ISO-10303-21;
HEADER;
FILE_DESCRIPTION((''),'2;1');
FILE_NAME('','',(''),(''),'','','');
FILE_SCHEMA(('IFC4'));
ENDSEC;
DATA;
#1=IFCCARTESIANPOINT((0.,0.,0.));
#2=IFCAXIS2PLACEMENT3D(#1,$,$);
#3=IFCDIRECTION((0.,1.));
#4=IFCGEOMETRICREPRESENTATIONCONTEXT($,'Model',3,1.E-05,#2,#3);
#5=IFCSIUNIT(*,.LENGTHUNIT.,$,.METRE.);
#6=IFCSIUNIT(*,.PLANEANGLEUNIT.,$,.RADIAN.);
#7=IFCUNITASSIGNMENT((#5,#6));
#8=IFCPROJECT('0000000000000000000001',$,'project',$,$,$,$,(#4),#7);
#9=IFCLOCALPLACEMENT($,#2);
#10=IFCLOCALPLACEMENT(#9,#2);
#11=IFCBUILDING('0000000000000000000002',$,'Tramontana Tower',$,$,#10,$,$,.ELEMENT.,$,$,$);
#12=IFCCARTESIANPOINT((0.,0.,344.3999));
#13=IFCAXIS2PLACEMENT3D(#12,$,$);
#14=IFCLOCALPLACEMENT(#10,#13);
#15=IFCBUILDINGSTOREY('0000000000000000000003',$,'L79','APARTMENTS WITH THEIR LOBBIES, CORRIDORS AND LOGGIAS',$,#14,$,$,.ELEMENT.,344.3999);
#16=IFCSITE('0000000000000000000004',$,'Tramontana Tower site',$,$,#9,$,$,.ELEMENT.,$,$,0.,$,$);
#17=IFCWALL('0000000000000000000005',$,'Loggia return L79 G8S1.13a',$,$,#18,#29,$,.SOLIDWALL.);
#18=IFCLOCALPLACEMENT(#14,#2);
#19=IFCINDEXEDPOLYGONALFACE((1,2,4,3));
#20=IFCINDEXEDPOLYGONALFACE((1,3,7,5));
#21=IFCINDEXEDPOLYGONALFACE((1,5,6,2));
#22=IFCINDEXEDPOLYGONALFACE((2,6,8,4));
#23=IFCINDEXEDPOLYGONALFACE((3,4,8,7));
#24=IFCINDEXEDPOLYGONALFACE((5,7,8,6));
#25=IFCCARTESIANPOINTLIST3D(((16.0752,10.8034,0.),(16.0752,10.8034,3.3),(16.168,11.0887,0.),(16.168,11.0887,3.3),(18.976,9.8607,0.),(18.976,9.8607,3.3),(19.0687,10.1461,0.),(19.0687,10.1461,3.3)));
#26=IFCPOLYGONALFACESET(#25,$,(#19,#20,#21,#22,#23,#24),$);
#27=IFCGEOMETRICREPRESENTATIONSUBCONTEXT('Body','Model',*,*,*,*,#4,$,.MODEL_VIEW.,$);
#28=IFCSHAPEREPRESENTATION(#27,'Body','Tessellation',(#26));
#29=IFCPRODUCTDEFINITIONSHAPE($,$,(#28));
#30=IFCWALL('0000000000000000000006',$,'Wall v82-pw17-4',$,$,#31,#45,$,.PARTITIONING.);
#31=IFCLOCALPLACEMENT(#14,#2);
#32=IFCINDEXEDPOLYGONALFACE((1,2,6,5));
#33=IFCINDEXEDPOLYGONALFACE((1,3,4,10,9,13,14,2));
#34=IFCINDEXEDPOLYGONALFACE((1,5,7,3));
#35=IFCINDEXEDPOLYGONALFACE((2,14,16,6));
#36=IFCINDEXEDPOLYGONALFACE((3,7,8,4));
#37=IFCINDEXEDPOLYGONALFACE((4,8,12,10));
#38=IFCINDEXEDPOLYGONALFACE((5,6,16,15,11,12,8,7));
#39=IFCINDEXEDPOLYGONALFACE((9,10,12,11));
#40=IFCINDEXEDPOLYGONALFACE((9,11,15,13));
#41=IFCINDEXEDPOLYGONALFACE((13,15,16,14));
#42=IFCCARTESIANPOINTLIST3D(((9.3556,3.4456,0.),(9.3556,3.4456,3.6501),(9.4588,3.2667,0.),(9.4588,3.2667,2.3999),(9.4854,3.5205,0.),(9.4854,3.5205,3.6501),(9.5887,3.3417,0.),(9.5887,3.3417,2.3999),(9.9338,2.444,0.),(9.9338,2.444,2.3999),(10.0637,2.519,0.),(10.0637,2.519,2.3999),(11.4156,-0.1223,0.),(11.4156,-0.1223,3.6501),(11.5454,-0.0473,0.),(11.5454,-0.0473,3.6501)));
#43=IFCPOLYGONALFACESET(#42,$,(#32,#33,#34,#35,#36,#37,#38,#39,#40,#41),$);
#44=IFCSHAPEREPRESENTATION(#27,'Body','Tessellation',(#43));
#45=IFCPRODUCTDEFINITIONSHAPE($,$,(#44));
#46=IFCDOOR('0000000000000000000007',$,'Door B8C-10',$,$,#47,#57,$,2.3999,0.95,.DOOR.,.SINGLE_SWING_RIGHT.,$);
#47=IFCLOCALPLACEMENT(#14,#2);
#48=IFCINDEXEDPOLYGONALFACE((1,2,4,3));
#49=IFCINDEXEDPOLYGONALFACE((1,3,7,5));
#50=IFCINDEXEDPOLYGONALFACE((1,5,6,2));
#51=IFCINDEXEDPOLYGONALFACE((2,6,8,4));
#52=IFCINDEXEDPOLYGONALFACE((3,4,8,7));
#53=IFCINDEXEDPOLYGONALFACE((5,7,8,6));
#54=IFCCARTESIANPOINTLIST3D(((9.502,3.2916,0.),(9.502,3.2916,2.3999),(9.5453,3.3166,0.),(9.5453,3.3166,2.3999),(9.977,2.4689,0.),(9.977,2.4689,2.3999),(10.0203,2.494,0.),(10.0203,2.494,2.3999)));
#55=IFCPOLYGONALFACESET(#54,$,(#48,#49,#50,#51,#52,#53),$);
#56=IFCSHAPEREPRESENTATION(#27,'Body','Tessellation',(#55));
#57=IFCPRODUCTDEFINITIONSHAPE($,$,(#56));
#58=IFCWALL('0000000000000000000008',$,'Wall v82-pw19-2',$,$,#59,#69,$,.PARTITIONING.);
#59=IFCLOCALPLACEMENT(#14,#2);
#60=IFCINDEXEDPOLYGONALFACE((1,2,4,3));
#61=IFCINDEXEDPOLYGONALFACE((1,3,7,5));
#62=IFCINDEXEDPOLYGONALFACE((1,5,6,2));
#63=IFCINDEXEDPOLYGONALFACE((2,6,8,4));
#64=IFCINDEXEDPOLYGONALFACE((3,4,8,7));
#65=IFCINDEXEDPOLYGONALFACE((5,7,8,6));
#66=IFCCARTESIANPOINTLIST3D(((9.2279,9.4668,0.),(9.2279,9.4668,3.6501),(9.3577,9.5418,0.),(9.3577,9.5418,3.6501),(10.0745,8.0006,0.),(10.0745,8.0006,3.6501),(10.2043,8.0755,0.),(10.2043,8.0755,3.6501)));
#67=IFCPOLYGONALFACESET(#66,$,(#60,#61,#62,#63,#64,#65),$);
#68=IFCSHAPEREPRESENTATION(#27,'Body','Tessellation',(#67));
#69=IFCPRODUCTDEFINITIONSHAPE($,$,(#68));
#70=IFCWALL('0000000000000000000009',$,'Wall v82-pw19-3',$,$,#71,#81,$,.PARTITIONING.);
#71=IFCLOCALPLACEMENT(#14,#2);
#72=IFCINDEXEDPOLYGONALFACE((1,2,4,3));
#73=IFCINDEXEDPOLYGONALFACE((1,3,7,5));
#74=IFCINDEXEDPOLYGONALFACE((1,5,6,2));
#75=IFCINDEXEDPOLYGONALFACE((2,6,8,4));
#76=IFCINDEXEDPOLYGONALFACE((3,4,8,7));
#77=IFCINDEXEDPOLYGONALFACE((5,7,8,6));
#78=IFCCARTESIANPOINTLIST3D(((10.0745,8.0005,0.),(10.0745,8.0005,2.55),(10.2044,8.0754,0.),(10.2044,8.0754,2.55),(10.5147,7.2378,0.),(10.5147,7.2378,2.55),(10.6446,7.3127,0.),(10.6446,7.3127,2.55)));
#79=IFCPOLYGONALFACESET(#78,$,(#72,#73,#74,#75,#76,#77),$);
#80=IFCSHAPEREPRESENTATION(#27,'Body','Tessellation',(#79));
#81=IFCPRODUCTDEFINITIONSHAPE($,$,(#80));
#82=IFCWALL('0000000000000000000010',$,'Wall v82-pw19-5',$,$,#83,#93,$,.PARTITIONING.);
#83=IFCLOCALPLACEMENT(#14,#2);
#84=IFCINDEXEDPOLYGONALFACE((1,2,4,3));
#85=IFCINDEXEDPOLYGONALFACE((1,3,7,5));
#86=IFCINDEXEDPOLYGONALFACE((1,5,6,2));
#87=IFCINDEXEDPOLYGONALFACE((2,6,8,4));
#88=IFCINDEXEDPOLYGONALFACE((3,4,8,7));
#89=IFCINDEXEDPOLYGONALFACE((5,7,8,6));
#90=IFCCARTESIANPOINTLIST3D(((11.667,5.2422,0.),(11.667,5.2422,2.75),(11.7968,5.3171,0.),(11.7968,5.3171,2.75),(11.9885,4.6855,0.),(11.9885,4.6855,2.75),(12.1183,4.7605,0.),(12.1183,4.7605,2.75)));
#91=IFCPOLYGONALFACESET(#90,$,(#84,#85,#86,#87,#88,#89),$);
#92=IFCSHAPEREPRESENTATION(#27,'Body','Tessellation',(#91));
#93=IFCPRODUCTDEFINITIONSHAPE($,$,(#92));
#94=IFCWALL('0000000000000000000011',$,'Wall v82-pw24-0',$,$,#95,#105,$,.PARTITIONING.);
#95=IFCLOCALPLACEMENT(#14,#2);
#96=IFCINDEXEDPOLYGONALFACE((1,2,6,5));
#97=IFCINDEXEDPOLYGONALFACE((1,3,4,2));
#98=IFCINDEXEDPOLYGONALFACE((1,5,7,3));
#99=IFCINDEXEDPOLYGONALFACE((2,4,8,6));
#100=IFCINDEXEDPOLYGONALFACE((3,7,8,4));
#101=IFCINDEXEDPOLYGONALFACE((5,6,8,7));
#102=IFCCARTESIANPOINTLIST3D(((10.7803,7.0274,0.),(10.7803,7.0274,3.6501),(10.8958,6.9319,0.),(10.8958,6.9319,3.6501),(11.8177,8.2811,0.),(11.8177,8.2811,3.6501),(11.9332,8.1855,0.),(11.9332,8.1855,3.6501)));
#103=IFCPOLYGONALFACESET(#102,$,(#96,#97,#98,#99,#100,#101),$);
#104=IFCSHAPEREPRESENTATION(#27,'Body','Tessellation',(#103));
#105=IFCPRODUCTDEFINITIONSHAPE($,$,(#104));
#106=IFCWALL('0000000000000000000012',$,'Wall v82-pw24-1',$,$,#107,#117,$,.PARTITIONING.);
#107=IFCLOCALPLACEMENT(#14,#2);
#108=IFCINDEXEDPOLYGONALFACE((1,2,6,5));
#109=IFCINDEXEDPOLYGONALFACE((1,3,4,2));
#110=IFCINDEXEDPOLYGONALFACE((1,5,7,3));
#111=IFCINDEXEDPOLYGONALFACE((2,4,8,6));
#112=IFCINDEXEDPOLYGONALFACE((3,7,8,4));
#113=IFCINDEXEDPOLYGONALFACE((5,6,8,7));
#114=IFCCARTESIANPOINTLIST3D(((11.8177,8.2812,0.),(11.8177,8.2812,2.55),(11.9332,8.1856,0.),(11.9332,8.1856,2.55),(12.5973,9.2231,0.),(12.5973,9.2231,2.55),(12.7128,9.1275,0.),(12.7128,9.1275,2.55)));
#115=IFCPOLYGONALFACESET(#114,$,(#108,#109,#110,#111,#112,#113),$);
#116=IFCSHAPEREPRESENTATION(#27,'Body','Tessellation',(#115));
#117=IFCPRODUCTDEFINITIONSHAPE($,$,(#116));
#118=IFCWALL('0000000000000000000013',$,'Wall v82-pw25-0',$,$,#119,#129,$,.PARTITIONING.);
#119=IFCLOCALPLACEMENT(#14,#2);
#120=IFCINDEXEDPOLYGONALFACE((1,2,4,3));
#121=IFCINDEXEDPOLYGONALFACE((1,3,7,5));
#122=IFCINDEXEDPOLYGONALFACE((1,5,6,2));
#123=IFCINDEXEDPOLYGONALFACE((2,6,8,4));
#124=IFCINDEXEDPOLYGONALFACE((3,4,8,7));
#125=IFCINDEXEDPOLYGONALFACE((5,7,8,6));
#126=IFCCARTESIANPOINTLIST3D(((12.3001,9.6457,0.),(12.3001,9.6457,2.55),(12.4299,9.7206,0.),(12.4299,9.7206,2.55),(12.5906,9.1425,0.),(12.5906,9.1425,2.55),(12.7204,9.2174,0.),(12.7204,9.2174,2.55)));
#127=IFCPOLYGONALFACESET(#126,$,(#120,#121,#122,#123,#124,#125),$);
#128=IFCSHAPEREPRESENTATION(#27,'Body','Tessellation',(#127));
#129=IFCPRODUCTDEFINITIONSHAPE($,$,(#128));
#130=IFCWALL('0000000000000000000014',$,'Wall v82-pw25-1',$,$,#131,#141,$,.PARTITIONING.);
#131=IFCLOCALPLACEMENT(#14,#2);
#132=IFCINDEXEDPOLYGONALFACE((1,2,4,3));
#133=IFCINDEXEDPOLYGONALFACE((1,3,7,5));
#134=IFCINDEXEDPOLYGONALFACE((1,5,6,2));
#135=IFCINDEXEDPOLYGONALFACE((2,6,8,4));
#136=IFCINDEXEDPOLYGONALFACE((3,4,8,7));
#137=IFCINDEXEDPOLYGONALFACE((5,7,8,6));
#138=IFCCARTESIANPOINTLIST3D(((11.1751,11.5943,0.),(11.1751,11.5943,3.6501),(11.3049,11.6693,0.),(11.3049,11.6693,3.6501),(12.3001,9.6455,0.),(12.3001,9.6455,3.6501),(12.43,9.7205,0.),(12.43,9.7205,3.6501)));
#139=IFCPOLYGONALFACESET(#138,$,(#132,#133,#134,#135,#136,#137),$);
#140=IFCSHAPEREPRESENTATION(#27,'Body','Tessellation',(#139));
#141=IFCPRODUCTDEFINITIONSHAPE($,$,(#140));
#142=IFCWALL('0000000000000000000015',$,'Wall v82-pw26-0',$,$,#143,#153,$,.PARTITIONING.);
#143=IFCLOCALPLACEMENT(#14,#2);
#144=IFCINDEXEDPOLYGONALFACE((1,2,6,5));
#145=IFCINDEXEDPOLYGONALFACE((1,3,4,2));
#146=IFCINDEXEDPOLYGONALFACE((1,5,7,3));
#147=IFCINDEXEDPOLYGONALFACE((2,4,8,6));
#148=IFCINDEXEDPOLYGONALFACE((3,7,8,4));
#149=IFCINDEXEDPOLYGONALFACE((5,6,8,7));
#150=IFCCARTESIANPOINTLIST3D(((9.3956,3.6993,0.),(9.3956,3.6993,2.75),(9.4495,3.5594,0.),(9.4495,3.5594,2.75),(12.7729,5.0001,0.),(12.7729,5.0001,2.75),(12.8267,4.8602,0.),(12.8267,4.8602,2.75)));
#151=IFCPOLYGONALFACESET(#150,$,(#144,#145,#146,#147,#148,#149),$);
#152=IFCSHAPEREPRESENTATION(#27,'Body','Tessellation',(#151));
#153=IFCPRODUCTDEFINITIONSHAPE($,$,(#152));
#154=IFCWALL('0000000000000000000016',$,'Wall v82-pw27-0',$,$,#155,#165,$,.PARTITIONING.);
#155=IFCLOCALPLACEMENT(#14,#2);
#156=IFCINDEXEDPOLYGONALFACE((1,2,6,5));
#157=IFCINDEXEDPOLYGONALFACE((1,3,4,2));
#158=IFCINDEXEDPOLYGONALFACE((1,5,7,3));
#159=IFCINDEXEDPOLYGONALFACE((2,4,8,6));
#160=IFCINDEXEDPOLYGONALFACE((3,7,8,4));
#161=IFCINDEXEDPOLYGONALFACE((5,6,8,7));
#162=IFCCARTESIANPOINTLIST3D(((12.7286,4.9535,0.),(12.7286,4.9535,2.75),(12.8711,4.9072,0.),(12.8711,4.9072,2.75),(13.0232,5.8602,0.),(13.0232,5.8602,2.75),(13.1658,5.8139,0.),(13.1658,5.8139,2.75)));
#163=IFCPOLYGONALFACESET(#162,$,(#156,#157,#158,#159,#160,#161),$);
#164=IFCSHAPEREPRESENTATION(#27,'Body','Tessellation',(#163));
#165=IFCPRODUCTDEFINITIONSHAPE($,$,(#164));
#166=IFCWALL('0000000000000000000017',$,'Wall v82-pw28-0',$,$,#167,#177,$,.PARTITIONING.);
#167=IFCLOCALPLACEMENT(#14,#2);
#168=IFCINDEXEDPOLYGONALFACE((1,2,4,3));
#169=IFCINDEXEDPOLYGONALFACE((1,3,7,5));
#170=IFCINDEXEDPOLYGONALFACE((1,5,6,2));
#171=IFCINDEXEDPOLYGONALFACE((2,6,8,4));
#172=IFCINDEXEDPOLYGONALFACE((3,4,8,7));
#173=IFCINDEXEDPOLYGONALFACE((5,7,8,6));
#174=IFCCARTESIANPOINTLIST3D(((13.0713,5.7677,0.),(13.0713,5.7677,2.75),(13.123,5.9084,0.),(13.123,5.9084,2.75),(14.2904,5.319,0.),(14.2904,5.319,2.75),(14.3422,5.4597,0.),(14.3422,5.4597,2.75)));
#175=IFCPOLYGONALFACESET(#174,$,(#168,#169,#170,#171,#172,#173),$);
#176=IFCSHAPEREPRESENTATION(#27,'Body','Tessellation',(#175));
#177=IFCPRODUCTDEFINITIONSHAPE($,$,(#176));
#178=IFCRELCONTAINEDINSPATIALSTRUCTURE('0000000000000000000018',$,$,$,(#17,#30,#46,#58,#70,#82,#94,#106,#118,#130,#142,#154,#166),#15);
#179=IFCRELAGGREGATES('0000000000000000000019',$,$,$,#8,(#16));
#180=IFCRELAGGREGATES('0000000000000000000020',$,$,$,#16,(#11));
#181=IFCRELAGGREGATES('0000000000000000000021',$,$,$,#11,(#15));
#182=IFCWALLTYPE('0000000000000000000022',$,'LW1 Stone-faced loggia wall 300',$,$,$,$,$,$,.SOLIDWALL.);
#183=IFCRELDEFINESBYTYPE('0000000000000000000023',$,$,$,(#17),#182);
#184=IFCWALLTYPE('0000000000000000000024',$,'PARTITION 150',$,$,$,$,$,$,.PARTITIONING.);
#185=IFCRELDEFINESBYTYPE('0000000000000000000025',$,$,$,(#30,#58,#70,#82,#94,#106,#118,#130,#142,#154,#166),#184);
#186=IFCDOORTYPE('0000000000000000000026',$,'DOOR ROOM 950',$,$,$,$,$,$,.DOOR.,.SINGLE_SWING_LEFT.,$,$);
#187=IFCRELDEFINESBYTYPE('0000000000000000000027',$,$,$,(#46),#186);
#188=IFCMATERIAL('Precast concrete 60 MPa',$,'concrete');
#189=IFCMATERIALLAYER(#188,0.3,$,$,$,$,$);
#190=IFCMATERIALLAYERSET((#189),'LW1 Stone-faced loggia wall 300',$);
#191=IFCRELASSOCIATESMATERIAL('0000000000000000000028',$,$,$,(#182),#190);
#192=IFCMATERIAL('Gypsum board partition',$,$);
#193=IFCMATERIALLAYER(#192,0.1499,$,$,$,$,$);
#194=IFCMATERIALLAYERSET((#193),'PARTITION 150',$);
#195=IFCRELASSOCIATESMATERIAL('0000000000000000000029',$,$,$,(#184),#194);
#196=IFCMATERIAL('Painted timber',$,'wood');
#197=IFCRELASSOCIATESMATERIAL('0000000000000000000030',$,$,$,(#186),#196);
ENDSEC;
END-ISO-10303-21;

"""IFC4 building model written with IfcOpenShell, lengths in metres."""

from ifc_helpers import new_model, si_unit, direction, frame, frame_2d, origin, place, context, subcontext, project, spatial, rectangle, extrude, material, layer, layer_set, type_object, element, fill, save


model = new_model("IFC4")

# Units and contexts
model_context = context("Model", 3, precision=1e-05, world=origin(), true_north=direction((0.0, 1.0)))
body_context = subcontext(model_context, "Body", "Model", "MODEL_VIEW")
ifc_project = project(units=[si_unit("LENGTHUNIT", "METRE"), si_unit("PLANEANGLEUNIT", "RADIAN")], contexts=[model_context])

# Site, building, storey
site_placement = place(None, origin())
site = spatial("IfcSite", under=ifc_project, at=site_placement, Name="Tramontana Tower site", CompositionType="ELEMENT", RefElevation=0.0)
building_placement = place(site_placement, origin())
building = spatial("IfcBuilding", under=site, at=building_placement, Name="Tramontana Tower", CompositionType="ELEMENT")
storey_placement = place(building_placement, frame((0.0, 0.0, 344.3999)))
storey = spatial("IfcBuildingStorey", under=building, at=storey_placement, Name="L79", Description="APARTMENTS WITH THEIR LOBBIES, CORRIDORS AND LOGGIAS", CompositionType="ELEMENT", Elevation=344.3999)

# Shared definitions
ifc_material_1 = material(Name="Precast concrete 60 MPa", Category="concrete")
ifc_layer_1 = layer(ifc_material_1, 0.3)
ifc_layer_set_1 = layer_set([ifc_layer_1], Name="LW1 Stone-faced loggia wall 300")
wall_type_1 = type_object("IfcWallType", Name="LW1 Stone-faced loggia wall 300", PredefinedType="SOLIDWALL", material=ifc_layer_set_1)

# Wall
wall_1_placement = place(storey_placement, frame((19.0222, 10.0034, 0.0), z_axis=(0.0, 0.0, 1.0), x_axis=(-0.951042, 0.309063, 0.0)))
element("IfcWall", 1, at=wall_1_placement, inside=storey, type_object=wall_type_1, Name="Loggia return L79 G8S1.13a", PredefinedType="SOLIDWALL", context=body_context, shape_type="SweptSolid", body=[
    extrude(rectangle(XDim=3.05, YDim=0.3, at=frame_2d((1.5249, 0.0))), origin(), (0.0, 0.0, 1.0), 3.3),
])

# Wall, opening, door
ifc_material_2 = material(Name="Gypsum board partition")
ifc_layer_2 = layer(ifc_material_2, 0.1499)
ifc_layer_set_2 = layer_set([ifc_layer_2], Name="PARTITION 150")
wall_type_2 = type_object("IfcWallType", Name="PARTITION 150", PredefinedType="PARTITIONING", material=ifc_layer_set_2)
wall_2_placement = place(storey_placement, frame((9.4204, 3.4832, 0.0), z_axis=(0.0, 0.0, 1.0), x_axis=(0.500027, -0.86601, 0.0)))
wall_2 = element("IfcWall", 2, at=wall_2_placement, inside=storey, type_object=wall_type_2, Name="Wall v82-pw17-4", PredefinedType="PARTITIONING", context=body_context, shape_type="SweptSolid", body=[
    extrude(rectangle(XDim=4.1199, YDim=0.1499, at=frame_2d((2.0601, 0.0))), origin(), (0.0, 0.0, 1.0), 3.6501),
])
opening_1_placement = place(wall_2_placement, frame((0.2065, 0.0, 0.0)))
opening_1 = element("IfcOpeningElement", 3, at=opening_1_placement, cuts=wall_2, PredefinedType="OPENING", context=body_context, shape_type="SweptSolid", body=[
    extrude(rectangle(XDim=0.95, YDim=2.3999, at=frame_2d((0.4751, 1.2))), frame((0.0, 0.085, 0.0), z_axis=(0.0, -1.0, 0.0), x_axis=(1.0, 0.0, 0.0)), (0.0, 0.0, 1.0), 0.1699),
])
ifc_material_3 = material(Name="Painted timber", Category="wood")
door_type_1 = type_object("IfcDoorType", Name="DOOR ROOM 950", OperationType="SINGLE_SWING_LEFT", PredefinedType="DOOR", material=ifc_material_3)
door_1_placement = place(opening_1_placement, origin())
door_1 = element("IfcDoor", 4, at=door_1_placement, inside=storey, type_object=door_type_1, Name="Door B8C-10", OperationType="SINGLE_SWING_RIGHT", OverallHeight=2.3999, OverallWidth=0.95, PredefinedType="DOOR", context=body_context, shape_type="SweptSolid", body=[
    extrude(rectangle(XDim=0.95, YDim=2.3999, at=frame_2d((0.4751, 1.2))), frame((0.0, 0.0249, 0.0), z_axis=(0.0, -1.0, 0.0), x_axis=(1.0, 0.0, 0.0)), (0.0, 0.0, 1.0), 0.05),
])
fill(opening_1, door_1)

# Walls
wall_3_placement = place(storey_placement, frame((9.2927, 9.5044, 0.0), z_axis=(0.0, 0.0, 1.0), x_axis=(0.500047, -0.865998, 0.0)))
element("IfcWall", 5, at=wall_3_placement, inside=storey, type_object=wall_type_2, Name="Wall v82-pw19-2", PredefinedType="PARTITIONING", context=body_context, shape_type="SweptSolid", body=[
    extrude(rectangle(XDim=1.6931, YDim=0.1499, at=frame_2d((0.8467, 0.0))), origin(), (0.0, 0.0, 1.0), 3.6501),
])
wall_4_placement = place(storey_placement, frame((10.1394, 8.0381, 0.0), z_axis=(0.0, 0.0, 1.0), x_axis=(0.499866, -0.866102, 0.0)))
element("IfcWall", 6, at=wall_4_placement, inside=storey, type_object=wall_type_2, Name="Wall v82-pw19-3", PredefinedType="PARTITIONING", context=body_context, shape_type="SweptSolid", body=[
    extrude(rectangle(XDim=0.8806, YDim=0.1499, at=frame_2d((0.4404, 0.0))), origin(), (0.0, 0.0, 1.0), 2.55),
])

# Walls
wall_5_placement = place(storey_placement, frame((11.7319, 5.2795, 0.0), z_axis=(0.0, 0.0, 1.0), x_axis=(0.500183, -0.86592, 0.0)))
element("IfcWall", 7, at=wall_5_placement, inside=storey, type_object=wall_type_2, Name="Wall v82-pw19-5", PredefinedType="PARTITIONING", context=body_context, shape_type="SweptSolid", body=[
    extrude(rectangle(XDim=0.6428, YDim=0.1499, at=frame_2d((0.3213, 0.0))), origin(), (0.0, 0.0, 1.0), 2.75),
])
wall_6_placement = place(storey_placement, frame((10.8381, 6.9797, 0.0), z_axis=(0.0, 0.0, 1.0), x_axis=(0.637509, 0.770443, 0.0)))
element("IfcWall", 8, at=wall_6_placement, inside=storey, type_object=wall_type_2, Name="Wall v82-pw24-0", PredefinedType="PARTITIONING", context=body_context, shape_type="SweptSolid", body=[
    extrude(rectangle(XDim=1.6272, YDim=0.1499, at=frame_2d((0.8135, 0.0))), origin(), (0.0, 0.0, 1.0), 3.6501),
])
wall_7_placement = place(storey_placement, frame((11.8755, 8.2334, 0.0), z_axis=(0.0, 0.0, 1.0), x_axis=(0.637588, 0.770377, 0.0)))
element("IfcWall", 9, at=wall_7_placement, inside=storey, type_object=wall_type_2, Name="Wall v82-pw24-1", PredefinedType="PARTITIONING", context=body_context, shape_type="SweptSolid", body=[
    extrude(rectangle(XDim=1.2227, YDim=0.1499, at=frame_2d((0.6113, 0.0))), origin(), (0.0, 0.0, 1.0), 2.55),
])
wall_8_placement = place(storey_placement, frame((12.6555, 9.1799, 0.0), z_axis=(0.0, 0.0, 1.0), x_axis=(-0.500026, 0.866011, 0.0)))
element("IfcWall", 10, at=wall_8_placement, inside=storey, type_object=wall_type_2, Name="Wall v82-pw25-0", PredefinedType="PARTITIONING", context=body_context, shape_type="SweptSolid", body=[
    extrude(rectangle(XDim=0.5811, YDim=0.1499, at=frame_2d((0.2905, 0.0))), origin(), (0.0, 0.0, 1.0), 2.55),
])
wall_9_placement = place(storey_placement, frame((12.365, 9.6831, 0.0), z_axis=(0.0, 0.0, 1.0), x_axis=(-0.499967, 0.866045, 0.0)))
element("IfcWall", 11, at=wall_9_placement, inside=storey, type_object=wall_type_2, Name="Wall v82-pw25-1", PredefinedType="PARTITIONING", context=body_context, shape_type="SweptSolid", body=[
    extrude(rectangle(XDim=2.2502, YDim=0.1499, at=frame_2d((1.125, 0.0))), origin(), (0.0, 0.0, 1.0), 3.6501),
])
wall_10_placement = place(storey_placement, frame((12.7998, 4.9302, 0.0), z_axis=(0.0, 0.0, 1.0), x_axis=(-0.933173, -0.359427, 0.0)))
element("IfcWall", 12, at=wall_10_placement, inside=storey, type_object=wall_type_2, Name="Wall v82-pw26-0", PredefinedType="PARTITIONING", context=body_context, shape_type="SweptSolid", body=[
    extrude(rectangle(XDim=3.6191, YDim=0.1499, at=frame_2d((1.8096, 0.0))), origin(), (0.0, 0.0, 1.0), 2.75),
])
wall_11_placement = place(storey_placement, frame((13.0945, 5.8369, 0.0), z_axis=(0.0, 0.0, 1.0), x_axis=(-0.309074, -0.951038, 0.0)))
element("IfcWall", 13, at=wall_11_placement, inside=storey, type_object=wall_type_2, Name="Wall v82-pw27-0", PredefinedType="PARTITIONING", context=body_context, shape_type="SweptSolid", body=[
    extrude(rectangle(XDim=0.9534, YDim=0.1499, at=frame_2d((0.4766, 0.0))), origin(), (0.0, 0.0, 1.0), 2.75),
])
wall_12_placement = place(storey_placement, frame((14.3162, 5.3894, 0.0), z_axis=(0.0, 0.0, 1.0), x_axis=(-0.938459, 0.345392, 0.0)))
element("IfcWall", 14, at=wall_12_placement, inside=storey, type_object=wall_type_2, Name="Wall v82-pw28-0", PredefinedType="PARTITIONING", context=body_context, shape_type="SweptSolid", body=[
    extrude(rectangle(XDim=1.2991, YDim=0.1499, at=frame_2d((0.6494, 0.0))), origin(), (0.0, 0.0, 1.0), 2.75),
])

save(model, "model.ifc")
